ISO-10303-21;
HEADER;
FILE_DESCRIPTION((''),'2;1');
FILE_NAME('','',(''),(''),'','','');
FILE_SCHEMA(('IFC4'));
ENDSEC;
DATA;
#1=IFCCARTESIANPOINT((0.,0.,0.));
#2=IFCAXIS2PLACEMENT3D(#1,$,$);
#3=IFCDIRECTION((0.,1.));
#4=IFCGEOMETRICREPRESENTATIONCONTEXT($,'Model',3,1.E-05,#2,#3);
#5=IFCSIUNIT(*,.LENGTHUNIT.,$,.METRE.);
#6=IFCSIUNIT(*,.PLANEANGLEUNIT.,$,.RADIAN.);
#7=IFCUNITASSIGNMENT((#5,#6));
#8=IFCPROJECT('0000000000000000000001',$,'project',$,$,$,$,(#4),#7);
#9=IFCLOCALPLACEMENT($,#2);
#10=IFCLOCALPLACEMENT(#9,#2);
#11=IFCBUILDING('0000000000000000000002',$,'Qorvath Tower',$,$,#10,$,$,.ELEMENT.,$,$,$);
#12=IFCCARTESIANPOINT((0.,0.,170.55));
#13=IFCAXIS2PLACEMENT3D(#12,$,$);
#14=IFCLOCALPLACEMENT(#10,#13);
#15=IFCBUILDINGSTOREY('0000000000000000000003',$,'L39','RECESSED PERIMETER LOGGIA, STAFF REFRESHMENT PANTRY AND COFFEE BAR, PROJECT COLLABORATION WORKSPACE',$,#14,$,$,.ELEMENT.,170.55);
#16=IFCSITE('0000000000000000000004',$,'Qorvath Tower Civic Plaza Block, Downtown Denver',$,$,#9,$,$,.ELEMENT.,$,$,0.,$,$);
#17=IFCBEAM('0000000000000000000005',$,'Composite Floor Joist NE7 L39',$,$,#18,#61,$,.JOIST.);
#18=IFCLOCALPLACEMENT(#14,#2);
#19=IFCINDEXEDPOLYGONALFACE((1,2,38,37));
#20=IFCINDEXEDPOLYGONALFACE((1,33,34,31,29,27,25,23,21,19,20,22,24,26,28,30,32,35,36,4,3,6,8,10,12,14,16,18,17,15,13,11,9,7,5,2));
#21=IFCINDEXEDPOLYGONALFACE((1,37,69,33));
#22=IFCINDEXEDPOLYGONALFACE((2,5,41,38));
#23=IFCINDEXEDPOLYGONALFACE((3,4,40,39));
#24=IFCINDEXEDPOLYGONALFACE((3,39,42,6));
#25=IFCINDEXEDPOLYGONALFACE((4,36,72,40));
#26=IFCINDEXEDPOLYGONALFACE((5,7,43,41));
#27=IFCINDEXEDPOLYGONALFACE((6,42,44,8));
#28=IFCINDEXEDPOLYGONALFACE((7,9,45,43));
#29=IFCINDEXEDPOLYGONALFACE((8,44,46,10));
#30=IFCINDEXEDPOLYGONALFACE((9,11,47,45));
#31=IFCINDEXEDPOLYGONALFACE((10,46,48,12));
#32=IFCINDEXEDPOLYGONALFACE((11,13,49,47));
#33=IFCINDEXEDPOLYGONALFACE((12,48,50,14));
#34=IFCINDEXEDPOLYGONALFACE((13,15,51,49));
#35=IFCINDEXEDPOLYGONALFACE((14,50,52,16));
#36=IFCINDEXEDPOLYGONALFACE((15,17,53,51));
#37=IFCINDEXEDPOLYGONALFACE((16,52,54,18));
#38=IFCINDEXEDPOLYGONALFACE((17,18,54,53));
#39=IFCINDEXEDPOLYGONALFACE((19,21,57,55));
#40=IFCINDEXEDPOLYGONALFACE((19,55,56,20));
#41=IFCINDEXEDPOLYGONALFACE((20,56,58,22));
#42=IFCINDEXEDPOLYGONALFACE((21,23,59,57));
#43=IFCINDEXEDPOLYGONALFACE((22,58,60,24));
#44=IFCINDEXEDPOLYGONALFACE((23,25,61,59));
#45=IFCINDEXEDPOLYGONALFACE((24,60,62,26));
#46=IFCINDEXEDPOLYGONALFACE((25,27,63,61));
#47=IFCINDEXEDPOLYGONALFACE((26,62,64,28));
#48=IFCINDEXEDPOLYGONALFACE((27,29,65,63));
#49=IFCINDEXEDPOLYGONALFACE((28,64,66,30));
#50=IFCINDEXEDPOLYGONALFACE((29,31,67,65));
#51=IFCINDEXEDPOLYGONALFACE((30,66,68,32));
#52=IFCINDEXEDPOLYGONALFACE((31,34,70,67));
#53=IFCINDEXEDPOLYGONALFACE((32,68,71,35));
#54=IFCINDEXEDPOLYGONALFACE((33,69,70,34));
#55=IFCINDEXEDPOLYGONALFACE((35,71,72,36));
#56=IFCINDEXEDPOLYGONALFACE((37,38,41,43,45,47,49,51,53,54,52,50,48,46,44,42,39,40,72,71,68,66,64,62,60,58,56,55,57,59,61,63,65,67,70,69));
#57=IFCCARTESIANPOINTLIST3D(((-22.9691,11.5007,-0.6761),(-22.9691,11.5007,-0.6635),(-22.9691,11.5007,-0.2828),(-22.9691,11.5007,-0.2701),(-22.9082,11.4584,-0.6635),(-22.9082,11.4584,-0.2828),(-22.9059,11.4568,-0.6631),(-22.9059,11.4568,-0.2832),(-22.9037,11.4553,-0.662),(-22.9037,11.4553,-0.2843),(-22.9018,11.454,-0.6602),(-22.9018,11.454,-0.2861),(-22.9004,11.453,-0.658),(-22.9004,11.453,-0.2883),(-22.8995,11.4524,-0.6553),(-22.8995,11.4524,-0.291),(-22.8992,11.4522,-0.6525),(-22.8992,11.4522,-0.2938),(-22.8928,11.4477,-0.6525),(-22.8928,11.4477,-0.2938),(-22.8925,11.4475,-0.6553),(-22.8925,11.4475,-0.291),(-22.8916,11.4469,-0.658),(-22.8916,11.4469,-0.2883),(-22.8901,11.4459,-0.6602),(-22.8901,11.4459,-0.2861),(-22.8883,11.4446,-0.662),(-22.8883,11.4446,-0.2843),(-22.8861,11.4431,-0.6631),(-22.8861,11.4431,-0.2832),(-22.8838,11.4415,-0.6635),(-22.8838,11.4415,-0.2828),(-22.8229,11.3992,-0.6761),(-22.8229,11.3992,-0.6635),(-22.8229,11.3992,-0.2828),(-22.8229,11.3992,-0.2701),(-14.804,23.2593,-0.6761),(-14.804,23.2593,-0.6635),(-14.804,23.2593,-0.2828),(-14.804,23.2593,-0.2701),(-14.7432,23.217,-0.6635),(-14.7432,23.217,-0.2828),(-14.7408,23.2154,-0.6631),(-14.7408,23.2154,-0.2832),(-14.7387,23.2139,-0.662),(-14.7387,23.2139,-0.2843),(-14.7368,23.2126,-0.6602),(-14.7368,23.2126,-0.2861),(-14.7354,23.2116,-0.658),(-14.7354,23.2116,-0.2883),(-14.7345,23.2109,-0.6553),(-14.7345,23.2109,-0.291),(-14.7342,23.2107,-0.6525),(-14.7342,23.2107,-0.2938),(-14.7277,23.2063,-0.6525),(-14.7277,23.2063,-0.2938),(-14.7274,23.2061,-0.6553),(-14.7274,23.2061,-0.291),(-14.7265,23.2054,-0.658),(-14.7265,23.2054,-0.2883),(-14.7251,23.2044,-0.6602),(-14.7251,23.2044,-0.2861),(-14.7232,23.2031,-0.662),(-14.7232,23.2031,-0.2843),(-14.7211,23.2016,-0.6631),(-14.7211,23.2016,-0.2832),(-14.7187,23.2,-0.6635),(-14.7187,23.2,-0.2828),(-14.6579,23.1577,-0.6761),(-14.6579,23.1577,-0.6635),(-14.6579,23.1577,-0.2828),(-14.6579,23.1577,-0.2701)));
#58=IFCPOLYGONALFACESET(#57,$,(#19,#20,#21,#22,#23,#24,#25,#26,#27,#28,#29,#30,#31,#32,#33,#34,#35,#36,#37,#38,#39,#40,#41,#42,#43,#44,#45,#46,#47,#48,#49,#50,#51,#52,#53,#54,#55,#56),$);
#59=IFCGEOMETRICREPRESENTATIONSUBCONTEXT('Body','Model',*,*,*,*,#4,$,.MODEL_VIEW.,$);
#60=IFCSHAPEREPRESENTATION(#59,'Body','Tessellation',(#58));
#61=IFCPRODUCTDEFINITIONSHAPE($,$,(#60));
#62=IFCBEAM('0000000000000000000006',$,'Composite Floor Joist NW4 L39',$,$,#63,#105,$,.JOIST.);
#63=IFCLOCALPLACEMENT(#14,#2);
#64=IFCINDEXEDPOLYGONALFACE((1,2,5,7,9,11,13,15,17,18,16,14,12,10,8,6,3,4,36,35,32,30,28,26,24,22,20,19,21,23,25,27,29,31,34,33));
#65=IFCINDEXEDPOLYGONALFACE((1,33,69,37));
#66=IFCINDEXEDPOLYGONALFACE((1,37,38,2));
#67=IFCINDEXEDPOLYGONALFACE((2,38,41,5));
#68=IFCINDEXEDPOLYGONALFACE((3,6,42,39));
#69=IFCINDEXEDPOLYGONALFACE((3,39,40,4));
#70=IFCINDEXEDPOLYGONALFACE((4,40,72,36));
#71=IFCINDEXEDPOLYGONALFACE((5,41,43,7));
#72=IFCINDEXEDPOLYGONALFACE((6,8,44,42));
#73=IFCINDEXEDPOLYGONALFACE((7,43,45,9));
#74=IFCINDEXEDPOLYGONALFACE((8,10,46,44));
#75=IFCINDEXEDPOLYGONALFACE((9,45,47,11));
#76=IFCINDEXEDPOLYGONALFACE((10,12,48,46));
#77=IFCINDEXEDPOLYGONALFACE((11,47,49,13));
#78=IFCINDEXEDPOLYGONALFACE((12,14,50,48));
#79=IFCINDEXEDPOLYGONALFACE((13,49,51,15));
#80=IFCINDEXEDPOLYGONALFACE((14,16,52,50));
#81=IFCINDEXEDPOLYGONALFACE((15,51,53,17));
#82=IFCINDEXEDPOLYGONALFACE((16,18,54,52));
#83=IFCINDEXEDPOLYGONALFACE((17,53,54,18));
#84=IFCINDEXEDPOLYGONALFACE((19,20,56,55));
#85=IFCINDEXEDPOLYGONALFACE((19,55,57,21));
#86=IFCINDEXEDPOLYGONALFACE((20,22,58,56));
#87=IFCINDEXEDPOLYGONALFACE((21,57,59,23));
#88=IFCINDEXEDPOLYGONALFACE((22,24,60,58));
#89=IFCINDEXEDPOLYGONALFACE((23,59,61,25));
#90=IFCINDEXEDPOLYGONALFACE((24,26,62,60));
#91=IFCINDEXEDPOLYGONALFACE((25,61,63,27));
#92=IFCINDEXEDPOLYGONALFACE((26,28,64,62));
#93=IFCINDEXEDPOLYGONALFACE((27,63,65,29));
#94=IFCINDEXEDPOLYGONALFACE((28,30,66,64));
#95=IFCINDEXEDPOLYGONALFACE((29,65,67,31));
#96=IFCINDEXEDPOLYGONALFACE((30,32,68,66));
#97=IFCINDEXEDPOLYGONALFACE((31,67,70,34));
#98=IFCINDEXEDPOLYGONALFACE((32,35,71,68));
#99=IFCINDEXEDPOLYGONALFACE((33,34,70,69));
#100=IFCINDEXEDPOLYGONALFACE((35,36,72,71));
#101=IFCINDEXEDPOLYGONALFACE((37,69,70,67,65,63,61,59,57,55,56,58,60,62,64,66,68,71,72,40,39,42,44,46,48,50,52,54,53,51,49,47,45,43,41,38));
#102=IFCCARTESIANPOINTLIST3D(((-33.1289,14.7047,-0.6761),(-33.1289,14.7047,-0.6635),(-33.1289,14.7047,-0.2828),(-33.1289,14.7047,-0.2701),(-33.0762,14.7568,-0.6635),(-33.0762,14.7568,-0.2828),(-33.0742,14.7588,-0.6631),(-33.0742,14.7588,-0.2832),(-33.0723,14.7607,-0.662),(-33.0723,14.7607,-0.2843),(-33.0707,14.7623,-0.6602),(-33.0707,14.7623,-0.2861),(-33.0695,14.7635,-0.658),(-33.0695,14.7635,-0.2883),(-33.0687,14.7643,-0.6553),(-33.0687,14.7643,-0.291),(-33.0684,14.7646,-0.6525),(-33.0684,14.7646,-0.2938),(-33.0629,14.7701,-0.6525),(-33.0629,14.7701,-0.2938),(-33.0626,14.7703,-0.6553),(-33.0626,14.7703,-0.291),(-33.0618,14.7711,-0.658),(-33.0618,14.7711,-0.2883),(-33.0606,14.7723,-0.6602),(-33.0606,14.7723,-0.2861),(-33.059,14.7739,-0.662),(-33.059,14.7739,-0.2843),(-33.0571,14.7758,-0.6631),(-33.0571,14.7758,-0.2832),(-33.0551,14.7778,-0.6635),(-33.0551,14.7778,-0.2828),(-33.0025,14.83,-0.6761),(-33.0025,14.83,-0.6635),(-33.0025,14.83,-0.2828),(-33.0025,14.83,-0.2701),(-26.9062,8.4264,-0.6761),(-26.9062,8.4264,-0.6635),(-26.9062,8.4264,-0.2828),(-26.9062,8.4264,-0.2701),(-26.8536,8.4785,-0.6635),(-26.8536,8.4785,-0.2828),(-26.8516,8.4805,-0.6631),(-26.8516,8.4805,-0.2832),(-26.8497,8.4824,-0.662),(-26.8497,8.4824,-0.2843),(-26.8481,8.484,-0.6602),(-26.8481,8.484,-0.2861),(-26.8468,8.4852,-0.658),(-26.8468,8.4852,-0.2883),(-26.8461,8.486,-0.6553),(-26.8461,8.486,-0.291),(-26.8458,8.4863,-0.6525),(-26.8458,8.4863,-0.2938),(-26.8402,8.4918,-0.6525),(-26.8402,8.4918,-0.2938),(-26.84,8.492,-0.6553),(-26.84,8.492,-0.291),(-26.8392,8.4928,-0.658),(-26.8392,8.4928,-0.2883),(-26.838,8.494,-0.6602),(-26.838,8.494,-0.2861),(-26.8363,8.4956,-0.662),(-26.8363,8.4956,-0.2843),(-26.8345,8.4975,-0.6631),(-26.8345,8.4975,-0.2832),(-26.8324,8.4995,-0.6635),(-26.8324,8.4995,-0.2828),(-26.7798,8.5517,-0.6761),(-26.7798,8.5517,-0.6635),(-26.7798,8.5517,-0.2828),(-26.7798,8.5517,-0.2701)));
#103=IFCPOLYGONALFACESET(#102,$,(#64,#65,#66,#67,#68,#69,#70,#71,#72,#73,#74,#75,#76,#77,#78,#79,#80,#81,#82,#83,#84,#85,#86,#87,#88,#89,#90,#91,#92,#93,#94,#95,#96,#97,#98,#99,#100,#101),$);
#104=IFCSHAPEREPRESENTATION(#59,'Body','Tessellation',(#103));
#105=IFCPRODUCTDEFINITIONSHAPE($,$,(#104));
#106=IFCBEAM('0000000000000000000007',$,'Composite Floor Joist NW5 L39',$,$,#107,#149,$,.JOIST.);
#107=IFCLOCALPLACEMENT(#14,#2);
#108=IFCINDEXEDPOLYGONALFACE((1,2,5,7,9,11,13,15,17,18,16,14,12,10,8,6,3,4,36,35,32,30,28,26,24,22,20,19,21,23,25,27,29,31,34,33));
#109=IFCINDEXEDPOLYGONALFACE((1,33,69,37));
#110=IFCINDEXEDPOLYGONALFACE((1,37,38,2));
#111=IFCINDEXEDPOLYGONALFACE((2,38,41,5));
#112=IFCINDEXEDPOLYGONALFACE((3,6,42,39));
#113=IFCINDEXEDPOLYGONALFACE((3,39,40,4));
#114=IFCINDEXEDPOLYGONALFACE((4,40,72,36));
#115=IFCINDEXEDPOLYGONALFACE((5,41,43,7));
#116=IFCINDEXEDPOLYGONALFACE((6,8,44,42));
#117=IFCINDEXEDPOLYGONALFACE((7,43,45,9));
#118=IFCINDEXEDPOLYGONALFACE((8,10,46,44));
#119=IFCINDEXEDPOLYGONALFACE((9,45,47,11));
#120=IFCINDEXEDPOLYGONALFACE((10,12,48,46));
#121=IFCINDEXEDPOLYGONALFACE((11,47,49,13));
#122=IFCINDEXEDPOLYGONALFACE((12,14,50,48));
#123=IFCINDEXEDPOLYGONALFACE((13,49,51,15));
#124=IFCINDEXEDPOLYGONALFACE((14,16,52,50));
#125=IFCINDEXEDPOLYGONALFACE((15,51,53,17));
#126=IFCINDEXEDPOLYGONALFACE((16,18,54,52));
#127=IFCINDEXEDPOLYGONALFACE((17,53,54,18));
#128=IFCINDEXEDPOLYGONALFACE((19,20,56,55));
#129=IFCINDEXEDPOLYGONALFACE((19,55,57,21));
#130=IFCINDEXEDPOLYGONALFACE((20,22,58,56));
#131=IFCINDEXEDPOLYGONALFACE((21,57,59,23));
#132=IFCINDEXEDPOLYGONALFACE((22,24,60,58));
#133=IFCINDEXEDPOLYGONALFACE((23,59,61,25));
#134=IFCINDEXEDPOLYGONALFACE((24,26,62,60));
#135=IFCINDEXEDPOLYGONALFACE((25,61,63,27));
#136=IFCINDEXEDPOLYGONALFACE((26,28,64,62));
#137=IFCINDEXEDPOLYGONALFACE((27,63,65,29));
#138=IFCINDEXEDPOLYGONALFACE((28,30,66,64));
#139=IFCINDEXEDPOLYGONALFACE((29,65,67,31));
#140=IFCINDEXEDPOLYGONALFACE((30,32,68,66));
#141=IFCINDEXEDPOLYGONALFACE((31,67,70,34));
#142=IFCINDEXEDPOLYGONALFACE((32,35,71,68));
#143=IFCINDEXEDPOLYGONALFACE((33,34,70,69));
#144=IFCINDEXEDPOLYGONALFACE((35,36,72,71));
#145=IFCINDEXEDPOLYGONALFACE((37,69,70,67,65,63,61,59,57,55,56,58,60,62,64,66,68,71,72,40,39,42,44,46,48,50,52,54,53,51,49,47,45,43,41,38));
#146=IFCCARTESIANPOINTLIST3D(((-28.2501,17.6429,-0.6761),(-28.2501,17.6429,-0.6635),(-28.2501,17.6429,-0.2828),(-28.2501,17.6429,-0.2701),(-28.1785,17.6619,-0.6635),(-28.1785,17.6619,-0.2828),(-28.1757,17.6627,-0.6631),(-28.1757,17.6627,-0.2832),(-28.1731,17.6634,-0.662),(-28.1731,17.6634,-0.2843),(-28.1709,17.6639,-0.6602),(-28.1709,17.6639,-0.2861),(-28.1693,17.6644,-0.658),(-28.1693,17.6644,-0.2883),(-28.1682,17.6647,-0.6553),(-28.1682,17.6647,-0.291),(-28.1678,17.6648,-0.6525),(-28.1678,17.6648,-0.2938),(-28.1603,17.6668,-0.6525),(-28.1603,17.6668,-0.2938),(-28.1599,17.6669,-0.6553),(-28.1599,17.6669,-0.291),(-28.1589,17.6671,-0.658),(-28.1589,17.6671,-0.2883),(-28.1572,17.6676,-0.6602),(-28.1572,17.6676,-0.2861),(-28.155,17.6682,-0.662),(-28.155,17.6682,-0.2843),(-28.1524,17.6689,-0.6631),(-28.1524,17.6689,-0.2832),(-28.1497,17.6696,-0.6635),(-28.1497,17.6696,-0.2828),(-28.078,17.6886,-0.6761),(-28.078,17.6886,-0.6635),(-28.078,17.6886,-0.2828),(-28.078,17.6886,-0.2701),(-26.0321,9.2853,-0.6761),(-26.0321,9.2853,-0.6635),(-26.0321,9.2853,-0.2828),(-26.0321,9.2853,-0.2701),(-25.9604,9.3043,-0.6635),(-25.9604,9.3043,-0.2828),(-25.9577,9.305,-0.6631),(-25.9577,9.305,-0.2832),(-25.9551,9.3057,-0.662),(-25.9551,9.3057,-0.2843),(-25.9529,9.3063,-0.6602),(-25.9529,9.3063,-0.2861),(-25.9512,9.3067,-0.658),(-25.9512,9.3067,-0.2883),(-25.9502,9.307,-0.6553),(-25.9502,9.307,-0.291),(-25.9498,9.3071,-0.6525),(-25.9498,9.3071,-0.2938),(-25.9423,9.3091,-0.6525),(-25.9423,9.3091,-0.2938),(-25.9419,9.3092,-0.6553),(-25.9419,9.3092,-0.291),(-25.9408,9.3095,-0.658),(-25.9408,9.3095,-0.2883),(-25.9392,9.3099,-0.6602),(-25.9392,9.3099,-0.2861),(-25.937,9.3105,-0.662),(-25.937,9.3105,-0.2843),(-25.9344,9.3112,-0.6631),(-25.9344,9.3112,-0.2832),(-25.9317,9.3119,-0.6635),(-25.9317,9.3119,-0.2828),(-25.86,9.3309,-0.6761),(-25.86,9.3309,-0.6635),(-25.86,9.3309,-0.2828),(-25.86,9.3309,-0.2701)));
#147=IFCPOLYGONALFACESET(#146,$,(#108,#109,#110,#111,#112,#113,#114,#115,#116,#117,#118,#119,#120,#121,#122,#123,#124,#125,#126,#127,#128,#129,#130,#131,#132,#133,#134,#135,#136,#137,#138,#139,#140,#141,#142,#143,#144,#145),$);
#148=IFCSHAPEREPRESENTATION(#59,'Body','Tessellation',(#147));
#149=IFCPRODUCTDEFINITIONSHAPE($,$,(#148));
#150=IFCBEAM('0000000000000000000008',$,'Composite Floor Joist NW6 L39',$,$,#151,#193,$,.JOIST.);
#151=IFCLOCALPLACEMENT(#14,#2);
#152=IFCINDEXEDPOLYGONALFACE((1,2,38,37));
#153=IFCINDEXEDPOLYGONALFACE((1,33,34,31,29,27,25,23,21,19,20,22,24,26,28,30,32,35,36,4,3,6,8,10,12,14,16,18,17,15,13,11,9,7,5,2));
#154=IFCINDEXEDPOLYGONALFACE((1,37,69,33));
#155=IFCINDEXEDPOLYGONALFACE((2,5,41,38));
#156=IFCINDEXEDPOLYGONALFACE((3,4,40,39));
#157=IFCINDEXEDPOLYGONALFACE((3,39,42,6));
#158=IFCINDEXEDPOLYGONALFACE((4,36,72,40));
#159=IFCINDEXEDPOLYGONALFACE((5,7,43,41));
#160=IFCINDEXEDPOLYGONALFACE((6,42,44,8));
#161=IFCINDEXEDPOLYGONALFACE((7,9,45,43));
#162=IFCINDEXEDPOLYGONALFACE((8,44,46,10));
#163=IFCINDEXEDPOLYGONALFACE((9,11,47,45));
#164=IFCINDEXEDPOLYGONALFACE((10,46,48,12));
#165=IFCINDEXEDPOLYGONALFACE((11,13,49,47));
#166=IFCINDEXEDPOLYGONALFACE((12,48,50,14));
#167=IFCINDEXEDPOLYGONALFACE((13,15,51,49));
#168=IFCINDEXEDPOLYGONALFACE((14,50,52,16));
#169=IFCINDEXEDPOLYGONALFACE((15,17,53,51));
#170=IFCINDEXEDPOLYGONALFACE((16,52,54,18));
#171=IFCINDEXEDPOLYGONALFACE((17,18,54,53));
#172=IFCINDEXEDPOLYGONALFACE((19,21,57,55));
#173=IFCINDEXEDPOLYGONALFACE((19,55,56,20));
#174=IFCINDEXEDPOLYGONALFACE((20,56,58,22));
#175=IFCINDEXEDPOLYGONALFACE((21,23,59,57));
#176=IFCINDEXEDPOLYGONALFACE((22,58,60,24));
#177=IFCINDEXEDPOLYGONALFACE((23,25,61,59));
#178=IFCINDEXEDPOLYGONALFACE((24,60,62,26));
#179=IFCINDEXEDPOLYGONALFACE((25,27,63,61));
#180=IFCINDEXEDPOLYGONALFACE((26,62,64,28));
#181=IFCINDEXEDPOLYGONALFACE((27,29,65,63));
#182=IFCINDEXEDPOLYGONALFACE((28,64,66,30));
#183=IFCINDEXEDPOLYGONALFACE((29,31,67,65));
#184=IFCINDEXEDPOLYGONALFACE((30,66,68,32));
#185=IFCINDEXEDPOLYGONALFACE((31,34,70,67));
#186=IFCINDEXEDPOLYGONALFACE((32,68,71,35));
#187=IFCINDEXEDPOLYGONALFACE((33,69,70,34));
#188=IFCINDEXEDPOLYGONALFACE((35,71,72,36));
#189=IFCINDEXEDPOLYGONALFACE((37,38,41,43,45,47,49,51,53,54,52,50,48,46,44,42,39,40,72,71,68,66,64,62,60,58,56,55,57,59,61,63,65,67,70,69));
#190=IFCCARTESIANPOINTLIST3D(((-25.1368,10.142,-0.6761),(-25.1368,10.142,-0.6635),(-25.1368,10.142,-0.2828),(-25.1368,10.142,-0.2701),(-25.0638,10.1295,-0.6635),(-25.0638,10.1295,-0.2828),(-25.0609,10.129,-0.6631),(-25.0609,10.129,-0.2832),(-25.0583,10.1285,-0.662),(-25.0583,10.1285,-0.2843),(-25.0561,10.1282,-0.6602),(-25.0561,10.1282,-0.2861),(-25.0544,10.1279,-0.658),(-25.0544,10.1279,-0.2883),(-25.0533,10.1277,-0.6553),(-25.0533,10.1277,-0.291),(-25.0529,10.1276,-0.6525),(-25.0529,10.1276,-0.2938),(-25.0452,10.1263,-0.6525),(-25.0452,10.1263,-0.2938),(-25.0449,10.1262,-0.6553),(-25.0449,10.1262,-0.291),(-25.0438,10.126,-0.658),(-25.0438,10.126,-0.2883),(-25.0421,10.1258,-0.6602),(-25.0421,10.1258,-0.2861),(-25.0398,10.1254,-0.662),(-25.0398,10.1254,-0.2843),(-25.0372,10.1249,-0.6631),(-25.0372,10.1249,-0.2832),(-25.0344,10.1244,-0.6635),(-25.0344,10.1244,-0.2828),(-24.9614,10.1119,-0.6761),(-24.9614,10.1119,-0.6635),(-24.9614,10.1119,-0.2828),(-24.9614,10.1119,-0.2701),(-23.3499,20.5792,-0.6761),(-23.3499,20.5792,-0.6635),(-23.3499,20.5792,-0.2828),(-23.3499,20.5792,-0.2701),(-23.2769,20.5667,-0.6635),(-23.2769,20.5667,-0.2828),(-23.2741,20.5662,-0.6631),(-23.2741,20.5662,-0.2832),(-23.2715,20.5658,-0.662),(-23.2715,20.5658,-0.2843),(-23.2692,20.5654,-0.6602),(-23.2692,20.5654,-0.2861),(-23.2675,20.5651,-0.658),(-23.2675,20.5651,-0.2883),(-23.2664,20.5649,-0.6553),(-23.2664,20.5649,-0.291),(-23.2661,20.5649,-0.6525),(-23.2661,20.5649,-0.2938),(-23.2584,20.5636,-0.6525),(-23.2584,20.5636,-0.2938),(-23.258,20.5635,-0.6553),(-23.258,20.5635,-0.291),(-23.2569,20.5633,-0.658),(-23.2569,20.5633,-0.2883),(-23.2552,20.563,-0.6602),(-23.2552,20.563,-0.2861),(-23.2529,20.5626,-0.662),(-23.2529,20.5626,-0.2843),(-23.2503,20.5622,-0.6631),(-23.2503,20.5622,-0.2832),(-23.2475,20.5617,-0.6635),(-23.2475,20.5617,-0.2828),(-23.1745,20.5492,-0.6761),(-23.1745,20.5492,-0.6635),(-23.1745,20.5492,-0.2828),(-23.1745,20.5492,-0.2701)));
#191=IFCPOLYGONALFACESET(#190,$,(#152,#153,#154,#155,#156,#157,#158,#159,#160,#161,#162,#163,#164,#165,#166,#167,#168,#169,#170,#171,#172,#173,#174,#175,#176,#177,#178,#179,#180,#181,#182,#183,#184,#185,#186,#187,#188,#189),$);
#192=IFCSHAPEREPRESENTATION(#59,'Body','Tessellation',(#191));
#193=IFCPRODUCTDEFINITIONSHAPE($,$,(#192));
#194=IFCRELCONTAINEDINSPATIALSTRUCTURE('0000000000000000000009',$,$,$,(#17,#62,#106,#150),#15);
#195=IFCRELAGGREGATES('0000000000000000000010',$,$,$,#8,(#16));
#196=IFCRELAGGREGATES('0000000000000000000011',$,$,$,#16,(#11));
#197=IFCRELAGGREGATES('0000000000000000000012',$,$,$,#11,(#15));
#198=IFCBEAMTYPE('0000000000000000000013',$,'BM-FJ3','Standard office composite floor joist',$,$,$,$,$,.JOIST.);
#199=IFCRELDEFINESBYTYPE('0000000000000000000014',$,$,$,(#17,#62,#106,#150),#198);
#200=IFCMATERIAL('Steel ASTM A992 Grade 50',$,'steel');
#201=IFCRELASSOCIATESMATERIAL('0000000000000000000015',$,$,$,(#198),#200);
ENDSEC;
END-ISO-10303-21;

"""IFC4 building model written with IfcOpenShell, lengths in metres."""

from ifc_helpers import new_model, si_unit, direction, frame, origin, origin_2d, place, context, subcontext, project, spatial, i_section, extrude, material, material_profile, profile_set, type_object, element, save


model = new_model("IFC4")

# Units and contexts
model_context = context("Model", 3, precision=1e-05, world=origin(), true_north=direction((0.0, 1.0)))
body_context = subcontext(model_context, "Body", "Model", "MODEL_VIEW")
ifc_project = project(units=[si_unit("LENGTHUNIT", "METRE"), si_unit("PLANEANGLEUNIT", "RADIAN")], contexts=[model_context])

# Site, building, storey
site_placement = place(None, origin())
site = spatial("IfcSite", under=ifc_project, at=site_placement, Name="Qorvath Tower Civic Plaza Block, Downtown Denver", CompositionType="ELEMENT", RefElevation=0.0)
building_placement = place(site_placement, origin())
building = spatial("IfcBuilding", under=site, at=building_placement, Name="Qorvath Tower", CompositionType="ELEMENT")
storey_placement = place(building_placement, frame((0.0, 0.0, 170.55)))
storey = spatial("IfcBuildingStorey", under=building, at=storey_placement, Name="L39", Description="RECESSED PERIMETER LOGGIA, STAFF REFRESHMENT PANTRY AND COFFEE BAR, PROJECT COLLABORATION WORKSPACE", CompositionType="ELEMENT", Elevation=170.55)

# Beams
ifc_material_1 = material(Name="Steel ASTM A992 Grade 50", Category="steel")
ifc_material_profile_1 = material_profile(ifc_material_1, i_section(OverallWidth=0.178, OverallDepth=0.406, WebThickness=0.0078, FlangeThickness=0.0127, FilletRadius=0.011, at=origin_2d()), Name="W16x40")
ifc_profile_set_1 = profile_set([ifc_material_profile_1], Name="Steel ASTM A992 Grade 50")
beam_type_1 = type_object("IfcBeamType", Name="BM-FJ3", Description="Standard office composite floor joist", PredefinedType="JOIST", material=ifc_profile_set_1)
beam_1_placement = place(storey_placement, frame((-22.896, 11.45, -0.4731), z_axis=(0.570367, 0.82139, 0.0), x_axis=(-0.82139, 0.570367, 0.0)))
element("IfcBeam", 1, at=beam_1_placement, inside=storey, type_object=beam_type_1, Name="Composite Floor Joist NE7 L39", PredefinedType="JOIST", context=body_context, shape_type="SweptSolid", body=[
    extrude(i_section(OverallWidth=0.178, OverallDepth=0.406, WebThickness=0.0078, FlangeThickness=0.0127, FilletRadius=0.011, at=origin_2d()), origin(), (0.0, 0.0, 1.0), 14.3154),
])
beam_2_placement = place(storey_placement, frame((-26.843, 8.489, -0.4731), z_axis=(-0.703951, 0.710248, 0.0), x_axis=(-0.710248, -0.703951, 0.0)))
element("IfcBeam", 2, at=beam_2_placement, inside=storey, type_object=beam_type_1, Name="Composite Floor Joist NW4 L39", PredefinedType="JOIST", context=body_context, shape_type="SweptSolid", body=[
    extrude(i_section(OverallWidth=0.178, OverallDepth=0.406, WebThickness=0.0078, FlangeThickness=0.0127, FilletRadius=0.011, at=origin_2d()), origin(), (0.0, 0.0, 1.0), 8.8396),
])
beam_3_placement = place(storey_placement, frame((-25.946, 9.3081, -0.4731), z_axis=(-0.256508, 0.966542, 0.0), x_axis=(-0.966542, -0.256508, 0.0)))
element("IfcBeam", 3, at=beam_3_placement, inside=storey, type_object=beam_type_1, Name="Composite Floor Joist NW5 L39", PredefinedType="JOIST", context=body_context, shape_type="SweptSolid", body=[
    extrude(i_section(OverallWidth=0.178, OverallDepth=0.406, WebThickness=0.0078, FlangeThickness=0.0127, FilletRadius=0.011, at=origin_2d()), origin(), (0.0, 0.0, 1.0), 8.647),
])
beam_4_placement = place(storey_placement, frame((-25.0491, 10.127, -0.4731), z_axis=(0.168746, 0.98566, 0.0), x_axis=(-0.98566, 0.168746, 0.0)))
element("IfcBeam", 4, at=beam_4_placement, inside=storey, type_object=beam_type_1, Name="Composite Floor Joist NW6 L39", PredefinedType="JOIST", context=body_context, shape_type="SweptSolid", body=[
    extrude(i_section(OverallWidth=0.178, OverallDepth=0.406, WebThickness=0.0078, FlangeThickness=0.0127, FilletRadius=0.011, at=origin_2d()), origin(), (0.0, 0.0, 1.0), 10.5891),
])

save(model, "model.ifc")
